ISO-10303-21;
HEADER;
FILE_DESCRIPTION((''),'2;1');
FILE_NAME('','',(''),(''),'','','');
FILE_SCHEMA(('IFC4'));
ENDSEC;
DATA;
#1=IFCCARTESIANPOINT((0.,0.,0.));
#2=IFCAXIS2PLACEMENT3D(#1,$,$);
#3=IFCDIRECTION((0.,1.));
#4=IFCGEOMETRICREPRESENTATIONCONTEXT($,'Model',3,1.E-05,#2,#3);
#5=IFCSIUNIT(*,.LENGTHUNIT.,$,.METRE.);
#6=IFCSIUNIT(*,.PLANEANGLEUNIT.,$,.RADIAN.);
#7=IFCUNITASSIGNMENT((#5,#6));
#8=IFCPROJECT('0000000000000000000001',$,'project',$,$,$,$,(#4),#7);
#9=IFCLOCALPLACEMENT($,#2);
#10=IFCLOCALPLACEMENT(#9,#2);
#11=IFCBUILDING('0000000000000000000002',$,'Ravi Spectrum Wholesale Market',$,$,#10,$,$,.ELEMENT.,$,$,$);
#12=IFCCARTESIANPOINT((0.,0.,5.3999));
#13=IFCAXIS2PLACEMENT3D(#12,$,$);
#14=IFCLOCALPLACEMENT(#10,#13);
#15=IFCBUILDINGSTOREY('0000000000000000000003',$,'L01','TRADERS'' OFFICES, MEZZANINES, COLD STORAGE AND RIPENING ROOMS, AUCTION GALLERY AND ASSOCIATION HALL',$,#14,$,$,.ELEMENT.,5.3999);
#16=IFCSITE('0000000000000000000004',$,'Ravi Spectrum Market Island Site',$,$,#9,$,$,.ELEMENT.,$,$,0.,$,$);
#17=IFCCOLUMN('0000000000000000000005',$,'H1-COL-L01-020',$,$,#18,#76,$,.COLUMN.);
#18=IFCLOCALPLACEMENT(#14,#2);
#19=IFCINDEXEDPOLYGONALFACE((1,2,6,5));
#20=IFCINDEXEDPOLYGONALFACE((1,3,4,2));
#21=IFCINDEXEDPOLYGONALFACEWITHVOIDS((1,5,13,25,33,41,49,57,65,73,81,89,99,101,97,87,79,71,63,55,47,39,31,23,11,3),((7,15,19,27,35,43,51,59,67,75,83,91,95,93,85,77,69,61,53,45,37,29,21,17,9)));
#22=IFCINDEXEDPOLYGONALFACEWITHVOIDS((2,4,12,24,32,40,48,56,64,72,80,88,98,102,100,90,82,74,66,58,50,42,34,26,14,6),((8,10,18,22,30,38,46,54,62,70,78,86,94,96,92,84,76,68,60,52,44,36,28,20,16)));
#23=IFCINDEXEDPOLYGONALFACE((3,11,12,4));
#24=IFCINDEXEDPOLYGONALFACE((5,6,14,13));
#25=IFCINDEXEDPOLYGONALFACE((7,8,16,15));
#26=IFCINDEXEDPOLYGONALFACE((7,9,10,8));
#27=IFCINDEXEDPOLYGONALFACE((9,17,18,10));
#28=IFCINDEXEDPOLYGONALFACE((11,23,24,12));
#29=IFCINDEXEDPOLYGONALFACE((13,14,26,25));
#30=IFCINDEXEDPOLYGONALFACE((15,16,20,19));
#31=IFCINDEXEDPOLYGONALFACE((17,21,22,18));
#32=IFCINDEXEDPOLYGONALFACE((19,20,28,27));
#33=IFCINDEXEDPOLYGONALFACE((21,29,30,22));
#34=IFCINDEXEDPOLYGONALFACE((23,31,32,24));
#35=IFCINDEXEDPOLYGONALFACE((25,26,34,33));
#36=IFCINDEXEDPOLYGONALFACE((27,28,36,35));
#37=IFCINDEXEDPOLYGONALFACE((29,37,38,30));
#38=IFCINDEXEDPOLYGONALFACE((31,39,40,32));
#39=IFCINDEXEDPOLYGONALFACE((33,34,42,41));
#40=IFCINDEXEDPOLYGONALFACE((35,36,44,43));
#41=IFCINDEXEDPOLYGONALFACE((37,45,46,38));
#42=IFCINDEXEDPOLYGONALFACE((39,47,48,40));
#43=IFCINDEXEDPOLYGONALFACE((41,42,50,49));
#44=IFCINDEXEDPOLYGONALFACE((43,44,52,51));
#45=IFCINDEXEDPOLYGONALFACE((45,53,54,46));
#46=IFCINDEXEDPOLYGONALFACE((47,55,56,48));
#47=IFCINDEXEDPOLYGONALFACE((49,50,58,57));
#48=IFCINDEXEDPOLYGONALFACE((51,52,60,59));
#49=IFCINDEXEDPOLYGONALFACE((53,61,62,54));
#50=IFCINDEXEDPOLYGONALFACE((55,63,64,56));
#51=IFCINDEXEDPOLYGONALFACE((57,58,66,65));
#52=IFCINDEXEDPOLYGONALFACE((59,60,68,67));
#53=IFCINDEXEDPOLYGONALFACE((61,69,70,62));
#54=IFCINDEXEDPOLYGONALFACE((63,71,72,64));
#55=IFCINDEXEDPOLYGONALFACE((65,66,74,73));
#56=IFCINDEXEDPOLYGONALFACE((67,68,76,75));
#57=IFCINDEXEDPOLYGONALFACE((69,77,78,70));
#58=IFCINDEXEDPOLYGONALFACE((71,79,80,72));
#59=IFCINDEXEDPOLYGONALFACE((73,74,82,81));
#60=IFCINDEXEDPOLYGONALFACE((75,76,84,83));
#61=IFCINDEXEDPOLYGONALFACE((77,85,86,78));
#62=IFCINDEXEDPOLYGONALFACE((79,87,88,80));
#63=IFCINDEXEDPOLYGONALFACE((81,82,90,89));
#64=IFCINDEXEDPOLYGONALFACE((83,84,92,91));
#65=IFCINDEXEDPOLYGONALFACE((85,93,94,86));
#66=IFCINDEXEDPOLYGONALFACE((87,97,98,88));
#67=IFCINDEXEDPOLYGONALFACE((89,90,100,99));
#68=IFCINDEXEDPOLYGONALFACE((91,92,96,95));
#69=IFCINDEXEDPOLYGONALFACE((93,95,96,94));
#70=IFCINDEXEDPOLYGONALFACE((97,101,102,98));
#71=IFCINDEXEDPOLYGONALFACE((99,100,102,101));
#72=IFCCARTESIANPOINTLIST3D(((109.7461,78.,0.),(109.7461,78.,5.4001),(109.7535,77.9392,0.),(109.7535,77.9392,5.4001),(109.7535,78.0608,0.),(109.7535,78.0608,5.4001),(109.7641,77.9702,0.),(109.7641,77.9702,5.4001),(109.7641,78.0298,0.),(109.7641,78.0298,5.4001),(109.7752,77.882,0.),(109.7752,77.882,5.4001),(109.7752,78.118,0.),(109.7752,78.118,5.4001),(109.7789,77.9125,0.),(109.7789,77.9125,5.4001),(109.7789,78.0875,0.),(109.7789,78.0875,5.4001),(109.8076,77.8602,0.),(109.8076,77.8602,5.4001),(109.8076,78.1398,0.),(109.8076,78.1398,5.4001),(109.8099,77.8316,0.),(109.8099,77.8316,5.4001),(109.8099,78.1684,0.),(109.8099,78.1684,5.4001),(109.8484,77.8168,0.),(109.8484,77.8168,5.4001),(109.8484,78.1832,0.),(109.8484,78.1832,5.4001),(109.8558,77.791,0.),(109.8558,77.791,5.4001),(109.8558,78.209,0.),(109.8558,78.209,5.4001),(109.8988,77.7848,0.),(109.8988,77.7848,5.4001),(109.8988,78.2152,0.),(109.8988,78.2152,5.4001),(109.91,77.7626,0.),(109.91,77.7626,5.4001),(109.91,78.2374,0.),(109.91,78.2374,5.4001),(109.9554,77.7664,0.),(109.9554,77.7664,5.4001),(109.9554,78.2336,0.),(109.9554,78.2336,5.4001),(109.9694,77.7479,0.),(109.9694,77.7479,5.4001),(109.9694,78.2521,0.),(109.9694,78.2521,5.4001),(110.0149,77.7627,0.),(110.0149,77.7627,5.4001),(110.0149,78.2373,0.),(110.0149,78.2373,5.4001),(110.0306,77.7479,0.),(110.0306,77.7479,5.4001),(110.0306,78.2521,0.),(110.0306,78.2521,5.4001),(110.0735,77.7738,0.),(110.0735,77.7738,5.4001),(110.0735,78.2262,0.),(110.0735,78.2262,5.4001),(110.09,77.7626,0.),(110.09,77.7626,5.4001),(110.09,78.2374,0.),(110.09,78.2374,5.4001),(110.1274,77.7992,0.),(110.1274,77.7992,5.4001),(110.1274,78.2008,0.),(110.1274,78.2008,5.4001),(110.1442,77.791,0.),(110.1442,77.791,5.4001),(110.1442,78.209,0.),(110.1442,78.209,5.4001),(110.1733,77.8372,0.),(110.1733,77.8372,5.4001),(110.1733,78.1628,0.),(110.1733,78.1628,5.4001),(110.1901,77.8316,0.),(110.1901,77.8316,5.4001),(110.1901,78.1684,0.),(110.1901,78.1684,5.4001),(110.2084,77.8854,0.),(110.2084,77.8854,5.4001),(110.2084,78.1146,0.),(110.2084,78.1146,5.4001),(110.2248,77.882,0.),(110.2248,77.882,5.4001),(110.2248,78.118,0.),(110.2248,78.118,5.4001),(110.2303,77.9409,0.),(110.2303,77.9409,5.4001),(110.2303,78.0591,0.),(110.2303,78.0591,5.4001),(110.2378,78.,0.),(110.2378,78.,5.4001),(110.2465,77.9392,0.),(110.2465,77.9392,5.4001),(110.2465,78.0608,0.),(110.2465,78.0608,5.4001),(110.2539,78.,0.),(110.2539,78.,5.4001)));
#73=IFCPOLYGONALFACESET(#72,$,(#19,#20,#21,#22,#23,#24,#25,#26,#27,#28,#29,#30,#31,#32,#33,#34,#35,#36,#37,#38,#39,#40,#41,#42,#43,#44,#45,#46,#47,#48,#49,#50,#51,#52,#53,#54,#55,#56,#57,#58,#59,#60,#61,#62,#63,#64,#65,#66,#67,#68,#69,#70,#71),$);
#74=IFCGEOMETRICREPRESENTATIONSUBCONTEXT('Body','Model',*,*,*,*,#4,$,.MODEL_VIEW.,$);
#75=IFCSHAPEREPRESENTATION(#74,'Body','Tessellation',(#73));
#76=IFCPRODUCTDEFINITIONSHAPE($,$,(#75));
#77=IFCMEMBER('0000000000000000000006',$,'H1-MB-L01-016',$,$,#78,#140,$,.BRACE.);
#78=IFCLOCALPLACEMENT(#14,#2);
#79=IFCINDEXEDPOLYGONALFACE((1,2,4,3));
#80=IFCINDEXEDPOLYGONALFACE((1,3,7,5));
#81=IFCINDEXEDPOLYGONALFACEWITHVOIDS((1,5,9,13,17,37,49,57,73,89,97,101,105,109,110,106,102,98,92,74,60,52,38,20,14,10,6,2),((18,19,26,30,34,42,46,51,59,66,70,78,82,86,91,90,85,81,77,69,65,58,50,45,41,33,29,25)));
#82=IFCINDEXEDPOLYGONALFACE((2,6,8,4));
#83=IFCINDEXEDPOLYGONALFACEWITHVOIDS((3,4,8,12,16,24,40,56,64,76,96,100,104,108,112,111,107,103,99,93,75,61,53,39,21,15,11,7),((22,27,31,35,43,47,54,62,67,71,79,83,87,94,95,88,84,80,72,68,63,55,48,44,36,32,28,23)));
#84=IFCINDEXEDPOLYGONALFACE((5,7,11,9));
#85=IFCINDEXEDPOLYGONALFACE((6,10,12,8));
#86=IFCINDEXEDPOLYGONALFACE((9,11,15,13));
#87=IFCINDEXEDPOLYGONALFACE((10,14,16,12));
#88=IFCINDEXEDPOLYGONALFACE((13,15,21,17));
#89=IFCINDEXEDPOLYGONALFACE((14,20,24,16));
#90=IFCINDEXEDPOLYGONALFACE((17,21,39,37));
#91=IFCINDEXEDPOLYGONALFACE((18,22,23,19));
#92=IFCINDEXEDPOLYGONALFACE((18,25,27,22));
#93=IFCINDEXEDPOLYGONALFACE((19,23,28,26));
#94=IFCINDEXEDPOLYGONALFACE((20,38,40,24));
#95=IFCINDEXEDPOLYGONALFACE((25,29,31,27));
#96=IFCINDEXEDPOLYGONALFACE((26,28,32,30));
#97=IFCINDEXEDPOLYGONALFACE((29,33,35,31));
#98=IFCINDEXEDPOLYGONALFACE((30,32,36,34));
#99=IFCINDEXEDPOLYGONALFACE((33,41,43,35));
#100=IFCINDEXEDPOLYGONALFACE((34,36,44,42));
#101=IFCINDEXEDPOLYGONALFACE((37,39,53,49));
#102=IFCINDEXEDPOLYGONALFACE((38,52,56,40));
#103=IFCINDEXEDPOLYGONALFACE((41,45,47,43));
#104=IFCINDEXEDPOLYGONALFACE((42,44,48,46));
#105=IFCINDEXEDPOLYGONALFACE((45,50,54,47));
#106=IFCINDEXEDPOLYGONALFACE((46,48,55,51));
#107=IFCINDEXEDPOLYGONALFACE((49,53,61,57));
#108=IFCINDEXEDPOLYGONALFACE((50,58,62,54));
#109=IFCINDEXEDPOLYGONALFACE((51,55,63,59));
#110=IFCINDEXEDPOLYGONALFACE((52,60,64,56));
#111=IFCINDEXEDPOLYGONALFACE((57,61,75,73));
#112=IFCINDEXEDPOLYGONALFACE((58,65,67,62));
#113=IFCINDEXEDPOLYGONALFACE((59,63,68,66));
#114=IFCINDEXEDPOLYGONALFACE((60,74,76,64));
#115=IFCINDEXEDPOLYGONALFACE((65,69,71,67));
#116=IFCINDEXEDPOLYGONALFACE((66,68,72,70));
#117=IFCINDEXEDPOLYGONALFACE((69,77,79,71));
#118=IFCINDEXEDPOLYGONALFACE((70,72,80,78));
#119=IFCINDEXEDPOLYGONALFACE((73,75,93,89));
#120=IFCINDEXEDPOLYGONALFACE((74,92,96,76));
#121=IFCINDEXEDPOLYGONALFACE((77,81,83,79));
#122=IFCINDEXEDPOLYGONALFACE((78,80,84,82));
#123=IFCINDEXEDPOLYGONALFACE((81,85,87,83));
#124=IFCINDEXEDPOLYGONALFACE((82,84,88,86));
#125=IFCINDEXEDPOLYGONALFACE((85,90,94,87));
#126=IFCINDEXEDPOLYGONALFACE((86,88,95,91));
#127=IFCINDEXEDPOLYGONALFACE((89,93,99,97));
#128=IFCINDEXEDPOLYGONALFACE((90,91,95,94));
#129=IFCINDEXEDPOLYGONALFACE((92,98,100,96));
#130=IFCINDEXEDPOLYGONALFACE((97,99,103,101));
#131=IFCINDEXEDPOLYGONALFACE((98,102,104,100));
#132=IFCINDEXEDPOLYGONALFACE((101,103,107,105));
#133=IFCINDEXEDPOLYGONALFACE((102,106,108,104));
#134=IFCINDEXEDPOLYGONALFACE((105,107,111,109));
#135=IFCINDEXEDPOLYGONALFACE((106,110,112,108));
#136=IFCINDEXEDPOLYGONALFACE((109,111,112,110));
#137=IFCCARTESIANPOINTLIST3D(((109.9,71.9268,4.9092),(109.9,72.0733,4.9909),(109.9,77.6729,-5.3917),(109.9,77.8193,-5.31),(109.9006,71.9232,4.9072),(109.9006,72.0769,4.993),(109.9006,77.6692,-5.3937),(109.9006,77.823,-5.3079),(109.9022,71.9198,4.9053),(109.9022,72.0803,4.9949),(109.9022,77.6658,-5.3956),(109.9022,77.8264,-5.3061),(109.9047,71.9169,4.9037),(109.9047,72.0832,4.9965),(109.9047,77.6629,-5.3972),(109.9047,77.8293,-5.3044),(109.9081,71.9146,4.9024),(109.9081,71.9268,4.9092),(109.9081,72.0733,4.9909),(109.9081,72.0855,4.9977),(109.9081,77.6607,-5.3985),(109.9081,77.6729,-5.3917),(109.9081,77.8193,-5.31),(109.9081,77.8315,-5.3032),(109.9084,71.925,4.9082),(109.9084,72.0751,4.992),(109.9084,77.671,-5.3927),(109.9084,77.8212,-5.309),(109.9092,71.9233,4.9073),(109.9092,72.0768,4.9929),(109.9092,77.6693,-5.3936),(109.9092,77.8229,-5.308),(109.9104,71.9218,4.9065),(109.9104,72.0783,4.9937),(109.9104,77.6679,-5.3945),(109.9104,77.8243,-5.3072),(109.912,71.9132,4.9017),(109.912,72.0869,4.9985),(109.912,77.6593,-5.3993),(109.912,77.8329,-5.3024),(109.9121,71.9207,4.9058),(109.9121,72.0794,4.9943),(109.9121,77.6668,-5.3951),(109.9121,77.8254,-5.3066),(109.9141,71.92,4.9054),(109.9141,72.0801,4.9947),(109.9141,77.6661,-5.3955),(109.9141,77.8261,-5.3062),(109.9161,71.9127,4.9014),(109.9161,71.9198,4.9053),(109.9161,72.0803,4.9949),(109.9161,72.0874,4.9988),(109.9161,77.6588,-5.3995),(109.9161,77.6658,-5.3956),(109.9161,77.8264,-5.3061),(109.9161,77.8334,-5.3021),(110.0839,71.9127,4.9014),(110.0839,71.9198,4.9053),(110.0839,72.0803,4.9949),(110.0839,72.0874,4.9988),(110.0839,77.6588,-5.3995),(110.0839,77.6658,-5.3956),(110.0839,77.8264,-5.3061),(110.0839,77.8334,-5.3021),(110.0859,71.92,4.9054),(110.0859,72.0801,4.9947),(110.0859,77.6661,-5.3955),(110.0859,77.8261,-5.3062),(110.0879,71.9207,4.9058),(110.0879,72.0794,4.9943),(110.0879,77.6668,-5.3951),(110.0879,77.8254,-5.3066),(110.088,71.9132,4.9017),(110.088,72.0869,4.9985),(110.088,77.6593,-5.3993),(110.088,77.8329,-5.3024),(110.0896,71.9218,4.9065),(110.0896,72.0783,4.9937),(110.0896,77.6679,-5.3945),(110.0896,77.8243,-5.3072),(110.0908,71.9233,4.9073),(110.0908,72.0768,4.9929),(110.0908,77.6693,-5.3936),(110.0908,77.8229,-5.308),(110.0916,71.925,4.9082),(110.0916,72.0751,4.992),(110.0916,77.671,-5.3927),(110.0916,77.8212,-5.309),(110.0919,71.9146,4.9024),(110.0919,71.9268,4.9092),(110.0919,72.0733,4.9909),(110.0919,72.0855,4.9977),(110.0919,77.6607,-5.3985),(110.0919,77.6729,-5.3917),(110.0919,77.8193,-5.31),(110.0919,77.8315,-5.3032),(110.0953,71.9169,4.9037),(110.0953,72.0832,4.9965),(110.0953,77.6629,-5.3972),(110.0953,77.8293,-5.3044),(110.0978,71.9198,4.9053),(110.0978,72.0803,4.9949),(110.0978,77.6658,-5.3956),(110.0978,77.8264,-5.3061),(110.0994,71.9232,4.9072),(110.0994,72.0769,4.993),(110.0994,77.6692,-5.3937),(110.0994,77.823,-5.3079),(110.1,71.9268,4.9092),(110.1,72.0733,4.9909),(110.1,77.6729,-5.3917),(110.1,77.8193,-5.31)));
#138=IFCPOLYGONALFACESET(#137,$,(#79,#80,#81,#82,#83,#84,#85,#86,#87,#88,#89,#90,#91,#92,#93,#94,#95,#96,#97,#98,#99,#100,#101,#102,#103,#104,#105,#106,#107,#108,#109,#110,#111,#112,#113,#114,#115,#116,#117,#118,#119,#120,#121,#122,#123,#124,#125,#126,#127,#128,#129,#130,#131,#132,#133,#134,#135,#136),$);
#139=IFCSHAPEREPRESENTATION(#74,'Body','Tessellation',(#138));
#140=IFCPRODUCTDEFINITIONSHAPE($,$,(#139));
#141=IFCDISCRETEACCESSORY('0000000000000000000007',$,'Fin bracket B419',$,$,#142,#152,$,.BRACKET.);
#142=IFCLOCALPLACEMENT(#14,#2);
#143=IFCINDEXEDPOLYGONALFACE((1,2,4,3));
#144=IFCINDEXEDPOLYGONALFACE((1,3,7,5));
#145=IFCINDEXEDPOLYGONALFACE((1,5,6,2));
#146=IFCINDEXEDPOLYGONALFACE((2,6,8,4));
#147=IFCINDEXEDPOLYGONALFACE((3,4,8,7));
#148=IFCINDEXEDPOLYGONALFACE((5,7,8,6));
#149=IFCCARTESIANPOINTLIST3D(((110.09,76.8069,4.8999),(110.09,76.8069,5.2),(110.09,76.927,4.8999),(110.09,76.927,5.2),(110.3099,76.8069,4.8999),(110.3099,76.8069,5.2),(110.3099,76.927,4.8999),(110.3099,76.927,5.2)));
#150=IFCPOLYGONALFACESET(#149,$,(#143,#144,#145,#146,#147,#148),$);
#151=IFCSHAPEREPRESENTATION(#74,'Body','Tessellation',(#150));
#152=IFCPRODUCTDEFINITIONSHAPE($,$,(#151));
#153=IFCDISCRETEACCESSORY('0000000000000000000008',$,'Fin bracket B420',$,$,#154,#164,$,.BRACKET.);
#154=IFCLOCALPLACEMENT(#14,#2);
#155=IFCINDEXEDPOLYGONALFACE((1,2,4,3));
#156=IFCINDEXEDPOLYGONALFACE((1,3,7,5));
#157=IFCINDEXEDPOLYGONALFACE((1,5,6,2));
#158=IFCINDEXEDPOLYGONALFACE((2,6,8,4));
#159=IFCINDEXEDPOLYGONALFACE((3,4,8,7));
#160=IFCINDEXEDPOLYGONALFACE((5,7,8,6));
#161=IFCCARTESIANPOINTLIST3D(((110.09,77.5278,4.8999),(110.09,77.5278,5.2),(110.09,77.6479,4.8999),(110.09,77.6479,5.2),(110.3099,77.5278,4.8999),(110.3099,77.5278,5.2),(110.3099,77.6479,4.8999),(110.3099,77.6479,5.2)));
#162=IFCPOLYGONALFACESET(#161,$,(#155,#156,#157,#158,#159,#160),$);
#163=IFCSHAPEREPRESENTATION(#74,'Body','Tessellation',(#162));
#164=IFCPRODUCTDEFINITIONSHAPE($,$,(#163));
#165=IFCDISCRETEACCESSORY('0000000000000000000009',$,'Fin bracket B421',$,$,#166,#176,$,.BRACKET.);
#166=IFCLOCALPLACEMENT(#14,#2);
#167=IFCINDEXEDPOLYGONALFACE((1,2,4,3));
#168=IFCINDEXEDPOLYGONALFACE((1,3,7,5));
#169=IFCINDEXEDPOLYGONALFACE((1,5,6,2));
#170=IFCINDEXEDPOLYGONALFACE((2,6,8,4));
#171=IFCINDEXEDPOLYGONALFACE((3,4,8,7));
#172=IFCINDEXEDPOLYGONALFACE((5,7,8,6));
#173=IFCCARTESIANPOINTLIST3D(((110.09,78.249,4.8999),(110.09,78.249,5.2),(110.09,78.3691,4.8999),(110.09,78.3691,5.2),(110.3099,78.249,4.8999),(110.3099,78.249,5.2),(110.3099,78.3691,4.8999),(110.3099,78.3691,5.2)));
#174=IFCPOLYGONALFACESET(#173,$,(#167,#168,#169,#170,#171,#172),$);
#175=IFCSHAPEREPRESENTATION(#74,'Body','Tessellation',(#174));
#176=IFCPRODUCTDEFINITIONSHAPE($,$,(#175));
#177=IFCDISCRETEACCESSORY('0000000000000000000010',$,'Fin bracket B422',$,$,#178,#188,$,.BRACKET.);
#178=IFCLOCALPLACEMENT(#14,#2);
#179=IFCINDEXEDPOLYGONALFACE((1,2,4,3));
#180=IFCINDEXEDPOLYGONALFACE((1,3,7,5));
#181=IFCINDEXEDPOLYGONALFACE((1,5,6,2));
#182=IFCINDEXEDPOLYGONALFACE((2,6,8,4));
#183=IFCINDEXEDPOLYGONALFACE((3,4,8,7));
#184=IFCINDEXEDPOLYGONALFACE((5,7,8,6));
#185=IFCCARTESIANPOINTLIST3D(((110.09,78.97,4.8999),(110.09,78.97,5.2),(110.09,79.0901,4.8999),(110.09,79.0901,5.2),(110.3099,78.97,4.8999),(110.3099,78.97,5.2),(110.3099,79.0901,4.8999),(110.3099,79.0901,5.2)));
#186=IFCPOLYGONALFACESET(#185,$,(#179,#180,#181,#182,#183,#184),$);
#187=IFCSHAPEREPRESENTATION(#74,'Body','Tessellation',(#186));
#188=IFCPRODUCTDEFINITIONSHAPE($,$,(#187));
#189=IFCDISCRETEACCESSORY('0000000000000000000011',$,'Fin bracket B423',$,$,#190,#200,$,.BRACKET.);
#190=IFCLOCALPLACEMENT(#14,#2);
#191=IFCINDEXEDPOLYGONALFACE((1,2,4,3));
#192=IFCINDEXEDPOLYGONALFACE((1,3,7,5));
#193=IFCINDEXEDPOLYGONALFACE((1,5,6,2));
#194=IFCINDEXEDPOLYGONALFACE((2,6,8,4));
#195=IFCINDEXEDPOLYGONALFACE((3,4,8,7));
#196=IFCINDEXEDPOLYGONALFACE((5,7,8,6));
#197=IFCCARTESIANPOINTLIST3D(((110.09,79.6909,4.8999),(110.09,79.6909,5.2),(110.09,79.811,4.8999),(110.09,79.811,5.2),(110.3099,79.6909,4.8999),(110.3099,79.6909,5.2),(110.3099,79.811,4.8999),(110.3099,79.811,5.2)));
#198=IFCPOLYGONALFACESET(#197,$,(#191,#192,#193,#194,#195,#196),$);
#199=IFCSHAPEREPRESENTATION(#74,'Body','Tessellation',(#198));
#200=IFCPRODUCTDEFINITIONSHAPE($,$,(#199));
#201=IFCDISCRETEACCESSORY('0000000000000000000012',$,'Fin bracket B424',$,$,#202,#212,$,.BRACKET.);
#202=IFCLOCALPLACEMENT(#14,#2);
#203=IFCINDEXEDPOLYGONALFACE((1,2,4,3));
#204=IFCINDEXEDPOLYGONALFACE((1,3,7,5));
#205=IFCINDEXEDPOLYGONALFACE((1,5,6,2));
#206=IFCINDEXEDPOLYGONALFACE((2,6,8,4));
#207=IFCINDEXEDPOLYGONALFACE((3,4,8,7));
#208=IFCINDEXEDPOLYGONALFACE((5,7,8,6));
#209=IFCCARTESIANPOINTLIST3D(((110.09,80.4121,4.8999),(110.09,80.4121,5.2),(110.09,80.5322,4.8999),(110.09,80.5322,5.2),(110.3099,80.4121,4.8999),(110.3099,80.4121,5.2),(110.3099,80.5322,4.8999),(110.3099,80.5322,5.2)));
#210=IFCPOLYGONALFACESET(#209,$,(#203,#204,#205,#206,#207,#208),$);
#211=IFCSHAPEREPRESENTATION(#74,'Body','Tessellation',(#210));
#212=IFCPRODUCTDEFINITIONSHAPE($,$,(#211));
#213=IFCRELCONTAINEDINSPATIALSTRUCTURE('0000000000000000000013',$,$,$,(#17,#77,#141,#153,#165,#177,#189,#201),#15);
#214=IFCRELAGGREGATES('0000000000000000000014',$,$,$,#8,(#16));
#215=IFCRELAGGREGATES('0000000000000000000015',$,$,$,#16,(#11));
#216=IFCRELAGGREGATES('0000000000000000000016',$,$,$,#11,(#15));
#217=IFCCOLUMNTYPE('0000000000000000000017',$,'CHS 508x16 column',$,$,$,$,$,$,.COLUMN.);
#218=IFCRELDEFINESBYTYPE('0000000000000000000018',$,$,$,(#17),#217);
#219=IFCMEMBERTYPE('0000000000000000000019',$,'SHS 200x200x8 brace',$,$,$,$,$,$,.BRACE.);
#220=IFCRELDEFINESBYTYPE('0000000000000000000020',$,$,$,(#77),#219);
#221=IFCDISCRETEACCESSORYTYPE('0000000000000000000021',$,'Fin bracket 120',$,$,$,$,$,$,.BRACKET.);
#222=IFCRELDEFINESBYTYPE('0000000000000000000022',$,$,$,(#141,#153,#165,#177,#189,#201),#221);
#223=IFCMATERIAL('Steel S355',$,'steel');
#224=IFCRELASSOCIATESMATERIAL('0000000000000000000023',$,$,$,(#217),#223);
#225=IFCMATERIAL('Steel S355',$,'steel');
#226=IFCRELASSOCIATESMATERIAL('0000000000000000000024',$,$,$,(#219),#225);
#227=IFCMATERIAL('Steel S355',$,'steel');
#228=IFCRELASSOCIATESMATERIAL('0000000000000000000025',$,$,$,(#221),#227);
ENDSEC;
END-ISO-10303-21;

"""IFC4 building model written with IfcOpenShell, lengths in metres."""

from ifc_helpers import new_model, si_unit, direction, frame, origin, origin_2d, place, context, subcontext, project, spatial, rectangle, hollow_rectangle, hollow_circle, extrude, material, material_profile, profile_set, type_object, element, save


model = new_model("IFC4")

# Units and contexts
model_context = context("Model", 3, precision=1e-05, world=origin(), true_north=direction((0.0, 1.0)))
body_context = subcontext(model_context, "Body", "Model", "MODEL_VIEW")
ifc_project = project(units=[si_unit("LENGTHUNIT", "METRE"), si_unit("PLANEANGLEUNIT", "RADIAN")], contexts=[model_context])

# Site, building, storey
site_placement = place(None, origin())
site = spatial("IfcSite", under=ifc_project, at=site_placement, Name="Ravi Spectrum Market Island Site", CompositionType="ELEMENT", RefElevation=0.0)
building_placement = place(site_placement, origin())
building = spatial("IfcBuilding", under=site, at=building_placement, Name="Ravi Spectrum Wholesale Market", CompositionType="ELEMENT")
storey_placement = place(building_placement, frame((0.0, 0.0, 5.3999)))
storey = spatial("IfcBuildingStorey", under=building, at=storey_placement, Name="L01", Description="TRADERS' OFFICES, MEZZANINES, COLD STORAGE AND RIPENING ROOMS, AUCTION GALLERY AND ASSOCIATION HALL", CompositionType="ELEMENT", Elevation=5.3999)

# Column
ifc_material_1 = material(Name="Steel S355", Category="steel")
ifc_material_profile_1 = material_profile(ifc_material_1, hollow_circle(Radius=0.2539, WallThickness=0.0161, at=origin_2d()))
ifc_profile_set_1 = profile_set([ifc_material_profile_1], Name="Steel S355")
column_type = type_object("IfcColumnType", Name="CHS 508x16 column", PredefinedType="COLUMN", material=ifc_profile_set_1)
column_placement = place(storey_placement, frame((110.0, 78.0, 0.0), z_axis=(0.0, 0.0, 1.0), x_axis=(1.0, 0.0, 0.0)))
element("IfcColumn", 1, at=column_placement, inside=storey, type_object=column_type, Name="H1-COL-L01-020", PredefinedType="COLUMN", context=body_context, shape_type="SweptSolid", body=[
    extrude(hollow_circle(Radius=0.2539, WallThickness=0.0161, at=origin_2d()), origin(), (0.0, 0.0, 1.0), 5.4001),
])

# Member
ifc_material_2 = material(Name="Steel S355", Category="steel")
ifc_material_profile_2 = material_profile(ifc_material_2, hollow_rectangle(XDim=0.2, YDim=0.2, WallThickness=0.0081, InnerFilletRadius=0.0081, OuterFilletRadius=0.0161, at=origin_2d()))
ifc_profile_set_2 = profile_set([ifc_material_profile_2], Name="Steel S355")
member_type = type_object("IfcMemberType", Name="SHS 200x200x8 brace", PredefinedType="BRACE", material=ifc_profile_set_2)
member_placement = place(storey_placement, frame((110.0, 77.7461, -5.3508), z_axis=(0.0, -0.487152, 0.873317), x_axis=(1.0, 0.0, 0.0)))
element("IfcMember", 2, at=member_placement, inside=storey, type_object=member_type, Name="H1-MB-L01-016", PredefinedType="BRACE", context=body_context, shape_type="SweptSolid", body=[
    extrude(hollow_rectangle(XDim=0.2, YDim=0.2, WallThickness=0.0081, InnerFilletRadius=0.0081, OuterFilletRadius=0.0161, at=origin_2d()), origin(), (0.0, 0.0, 1.0), 11.7952),
])

# Discrete accessories
ifc_material_3 = material(Name="Steel S355", Category="steel")
discrete_accessory_type_1 = type_object("IfcDiscreteAccessoryType", Name="Fin bracket 120", PredefinedType="BRACKET", material=ifc_material_3)
for number, where, z_axis, x_axis, name in (
    (3, (110.2, 76.8669, 4.8999), (0.0, 0.0, 1.0), (0.0, 1.0, 0.0), "Fin bracket B419"),
    (4, (110.2, 77.5879, 4.8999), (0.0, 0.0, 1.0), (0.0, 1.0, 0.0), "Fin bracket B420"),
    (5, (110.2, 78.3091, 4.8999), (0.0, 0.0, 1.0), (0.0, 1.0, 0.0), "Fin bracket B421"),
    (6, (110.2, 79.03, 4.8999), (0.0, 0.0, 1.0), (0.0, 1.0, 0.0), "Fin bracket B422"),
    (7, (110.2, 79.751, 4.8999), (0.0, 0.0, 1.0), (0.0, 1.0, 0.0), "Fin bracket B423"),
    (8, (110.2, 80.4722, 4.8999), (0.0, 0.0, 1.0), (0.0, 1.0, 0.0), "Fin bracket B424"),
):
    element("IfcDiscreteAccessory", number, at=place(storey_placement, frame(where, z_axis=z_axis, x_axis=x_axis)), inside=storey, type_object=discrete_accessory_type_1, Name=name, PredefinedType="BRACKET", context=body_context, shape_type="SweptSolid", body=[
        extrude(rectangle(XDim=0.1201, YDim=0.22, at=origin_2d()), origin(), (0.0, 0.0, 1.0), 0.3),
    ])

save(model, "model.ifc")
